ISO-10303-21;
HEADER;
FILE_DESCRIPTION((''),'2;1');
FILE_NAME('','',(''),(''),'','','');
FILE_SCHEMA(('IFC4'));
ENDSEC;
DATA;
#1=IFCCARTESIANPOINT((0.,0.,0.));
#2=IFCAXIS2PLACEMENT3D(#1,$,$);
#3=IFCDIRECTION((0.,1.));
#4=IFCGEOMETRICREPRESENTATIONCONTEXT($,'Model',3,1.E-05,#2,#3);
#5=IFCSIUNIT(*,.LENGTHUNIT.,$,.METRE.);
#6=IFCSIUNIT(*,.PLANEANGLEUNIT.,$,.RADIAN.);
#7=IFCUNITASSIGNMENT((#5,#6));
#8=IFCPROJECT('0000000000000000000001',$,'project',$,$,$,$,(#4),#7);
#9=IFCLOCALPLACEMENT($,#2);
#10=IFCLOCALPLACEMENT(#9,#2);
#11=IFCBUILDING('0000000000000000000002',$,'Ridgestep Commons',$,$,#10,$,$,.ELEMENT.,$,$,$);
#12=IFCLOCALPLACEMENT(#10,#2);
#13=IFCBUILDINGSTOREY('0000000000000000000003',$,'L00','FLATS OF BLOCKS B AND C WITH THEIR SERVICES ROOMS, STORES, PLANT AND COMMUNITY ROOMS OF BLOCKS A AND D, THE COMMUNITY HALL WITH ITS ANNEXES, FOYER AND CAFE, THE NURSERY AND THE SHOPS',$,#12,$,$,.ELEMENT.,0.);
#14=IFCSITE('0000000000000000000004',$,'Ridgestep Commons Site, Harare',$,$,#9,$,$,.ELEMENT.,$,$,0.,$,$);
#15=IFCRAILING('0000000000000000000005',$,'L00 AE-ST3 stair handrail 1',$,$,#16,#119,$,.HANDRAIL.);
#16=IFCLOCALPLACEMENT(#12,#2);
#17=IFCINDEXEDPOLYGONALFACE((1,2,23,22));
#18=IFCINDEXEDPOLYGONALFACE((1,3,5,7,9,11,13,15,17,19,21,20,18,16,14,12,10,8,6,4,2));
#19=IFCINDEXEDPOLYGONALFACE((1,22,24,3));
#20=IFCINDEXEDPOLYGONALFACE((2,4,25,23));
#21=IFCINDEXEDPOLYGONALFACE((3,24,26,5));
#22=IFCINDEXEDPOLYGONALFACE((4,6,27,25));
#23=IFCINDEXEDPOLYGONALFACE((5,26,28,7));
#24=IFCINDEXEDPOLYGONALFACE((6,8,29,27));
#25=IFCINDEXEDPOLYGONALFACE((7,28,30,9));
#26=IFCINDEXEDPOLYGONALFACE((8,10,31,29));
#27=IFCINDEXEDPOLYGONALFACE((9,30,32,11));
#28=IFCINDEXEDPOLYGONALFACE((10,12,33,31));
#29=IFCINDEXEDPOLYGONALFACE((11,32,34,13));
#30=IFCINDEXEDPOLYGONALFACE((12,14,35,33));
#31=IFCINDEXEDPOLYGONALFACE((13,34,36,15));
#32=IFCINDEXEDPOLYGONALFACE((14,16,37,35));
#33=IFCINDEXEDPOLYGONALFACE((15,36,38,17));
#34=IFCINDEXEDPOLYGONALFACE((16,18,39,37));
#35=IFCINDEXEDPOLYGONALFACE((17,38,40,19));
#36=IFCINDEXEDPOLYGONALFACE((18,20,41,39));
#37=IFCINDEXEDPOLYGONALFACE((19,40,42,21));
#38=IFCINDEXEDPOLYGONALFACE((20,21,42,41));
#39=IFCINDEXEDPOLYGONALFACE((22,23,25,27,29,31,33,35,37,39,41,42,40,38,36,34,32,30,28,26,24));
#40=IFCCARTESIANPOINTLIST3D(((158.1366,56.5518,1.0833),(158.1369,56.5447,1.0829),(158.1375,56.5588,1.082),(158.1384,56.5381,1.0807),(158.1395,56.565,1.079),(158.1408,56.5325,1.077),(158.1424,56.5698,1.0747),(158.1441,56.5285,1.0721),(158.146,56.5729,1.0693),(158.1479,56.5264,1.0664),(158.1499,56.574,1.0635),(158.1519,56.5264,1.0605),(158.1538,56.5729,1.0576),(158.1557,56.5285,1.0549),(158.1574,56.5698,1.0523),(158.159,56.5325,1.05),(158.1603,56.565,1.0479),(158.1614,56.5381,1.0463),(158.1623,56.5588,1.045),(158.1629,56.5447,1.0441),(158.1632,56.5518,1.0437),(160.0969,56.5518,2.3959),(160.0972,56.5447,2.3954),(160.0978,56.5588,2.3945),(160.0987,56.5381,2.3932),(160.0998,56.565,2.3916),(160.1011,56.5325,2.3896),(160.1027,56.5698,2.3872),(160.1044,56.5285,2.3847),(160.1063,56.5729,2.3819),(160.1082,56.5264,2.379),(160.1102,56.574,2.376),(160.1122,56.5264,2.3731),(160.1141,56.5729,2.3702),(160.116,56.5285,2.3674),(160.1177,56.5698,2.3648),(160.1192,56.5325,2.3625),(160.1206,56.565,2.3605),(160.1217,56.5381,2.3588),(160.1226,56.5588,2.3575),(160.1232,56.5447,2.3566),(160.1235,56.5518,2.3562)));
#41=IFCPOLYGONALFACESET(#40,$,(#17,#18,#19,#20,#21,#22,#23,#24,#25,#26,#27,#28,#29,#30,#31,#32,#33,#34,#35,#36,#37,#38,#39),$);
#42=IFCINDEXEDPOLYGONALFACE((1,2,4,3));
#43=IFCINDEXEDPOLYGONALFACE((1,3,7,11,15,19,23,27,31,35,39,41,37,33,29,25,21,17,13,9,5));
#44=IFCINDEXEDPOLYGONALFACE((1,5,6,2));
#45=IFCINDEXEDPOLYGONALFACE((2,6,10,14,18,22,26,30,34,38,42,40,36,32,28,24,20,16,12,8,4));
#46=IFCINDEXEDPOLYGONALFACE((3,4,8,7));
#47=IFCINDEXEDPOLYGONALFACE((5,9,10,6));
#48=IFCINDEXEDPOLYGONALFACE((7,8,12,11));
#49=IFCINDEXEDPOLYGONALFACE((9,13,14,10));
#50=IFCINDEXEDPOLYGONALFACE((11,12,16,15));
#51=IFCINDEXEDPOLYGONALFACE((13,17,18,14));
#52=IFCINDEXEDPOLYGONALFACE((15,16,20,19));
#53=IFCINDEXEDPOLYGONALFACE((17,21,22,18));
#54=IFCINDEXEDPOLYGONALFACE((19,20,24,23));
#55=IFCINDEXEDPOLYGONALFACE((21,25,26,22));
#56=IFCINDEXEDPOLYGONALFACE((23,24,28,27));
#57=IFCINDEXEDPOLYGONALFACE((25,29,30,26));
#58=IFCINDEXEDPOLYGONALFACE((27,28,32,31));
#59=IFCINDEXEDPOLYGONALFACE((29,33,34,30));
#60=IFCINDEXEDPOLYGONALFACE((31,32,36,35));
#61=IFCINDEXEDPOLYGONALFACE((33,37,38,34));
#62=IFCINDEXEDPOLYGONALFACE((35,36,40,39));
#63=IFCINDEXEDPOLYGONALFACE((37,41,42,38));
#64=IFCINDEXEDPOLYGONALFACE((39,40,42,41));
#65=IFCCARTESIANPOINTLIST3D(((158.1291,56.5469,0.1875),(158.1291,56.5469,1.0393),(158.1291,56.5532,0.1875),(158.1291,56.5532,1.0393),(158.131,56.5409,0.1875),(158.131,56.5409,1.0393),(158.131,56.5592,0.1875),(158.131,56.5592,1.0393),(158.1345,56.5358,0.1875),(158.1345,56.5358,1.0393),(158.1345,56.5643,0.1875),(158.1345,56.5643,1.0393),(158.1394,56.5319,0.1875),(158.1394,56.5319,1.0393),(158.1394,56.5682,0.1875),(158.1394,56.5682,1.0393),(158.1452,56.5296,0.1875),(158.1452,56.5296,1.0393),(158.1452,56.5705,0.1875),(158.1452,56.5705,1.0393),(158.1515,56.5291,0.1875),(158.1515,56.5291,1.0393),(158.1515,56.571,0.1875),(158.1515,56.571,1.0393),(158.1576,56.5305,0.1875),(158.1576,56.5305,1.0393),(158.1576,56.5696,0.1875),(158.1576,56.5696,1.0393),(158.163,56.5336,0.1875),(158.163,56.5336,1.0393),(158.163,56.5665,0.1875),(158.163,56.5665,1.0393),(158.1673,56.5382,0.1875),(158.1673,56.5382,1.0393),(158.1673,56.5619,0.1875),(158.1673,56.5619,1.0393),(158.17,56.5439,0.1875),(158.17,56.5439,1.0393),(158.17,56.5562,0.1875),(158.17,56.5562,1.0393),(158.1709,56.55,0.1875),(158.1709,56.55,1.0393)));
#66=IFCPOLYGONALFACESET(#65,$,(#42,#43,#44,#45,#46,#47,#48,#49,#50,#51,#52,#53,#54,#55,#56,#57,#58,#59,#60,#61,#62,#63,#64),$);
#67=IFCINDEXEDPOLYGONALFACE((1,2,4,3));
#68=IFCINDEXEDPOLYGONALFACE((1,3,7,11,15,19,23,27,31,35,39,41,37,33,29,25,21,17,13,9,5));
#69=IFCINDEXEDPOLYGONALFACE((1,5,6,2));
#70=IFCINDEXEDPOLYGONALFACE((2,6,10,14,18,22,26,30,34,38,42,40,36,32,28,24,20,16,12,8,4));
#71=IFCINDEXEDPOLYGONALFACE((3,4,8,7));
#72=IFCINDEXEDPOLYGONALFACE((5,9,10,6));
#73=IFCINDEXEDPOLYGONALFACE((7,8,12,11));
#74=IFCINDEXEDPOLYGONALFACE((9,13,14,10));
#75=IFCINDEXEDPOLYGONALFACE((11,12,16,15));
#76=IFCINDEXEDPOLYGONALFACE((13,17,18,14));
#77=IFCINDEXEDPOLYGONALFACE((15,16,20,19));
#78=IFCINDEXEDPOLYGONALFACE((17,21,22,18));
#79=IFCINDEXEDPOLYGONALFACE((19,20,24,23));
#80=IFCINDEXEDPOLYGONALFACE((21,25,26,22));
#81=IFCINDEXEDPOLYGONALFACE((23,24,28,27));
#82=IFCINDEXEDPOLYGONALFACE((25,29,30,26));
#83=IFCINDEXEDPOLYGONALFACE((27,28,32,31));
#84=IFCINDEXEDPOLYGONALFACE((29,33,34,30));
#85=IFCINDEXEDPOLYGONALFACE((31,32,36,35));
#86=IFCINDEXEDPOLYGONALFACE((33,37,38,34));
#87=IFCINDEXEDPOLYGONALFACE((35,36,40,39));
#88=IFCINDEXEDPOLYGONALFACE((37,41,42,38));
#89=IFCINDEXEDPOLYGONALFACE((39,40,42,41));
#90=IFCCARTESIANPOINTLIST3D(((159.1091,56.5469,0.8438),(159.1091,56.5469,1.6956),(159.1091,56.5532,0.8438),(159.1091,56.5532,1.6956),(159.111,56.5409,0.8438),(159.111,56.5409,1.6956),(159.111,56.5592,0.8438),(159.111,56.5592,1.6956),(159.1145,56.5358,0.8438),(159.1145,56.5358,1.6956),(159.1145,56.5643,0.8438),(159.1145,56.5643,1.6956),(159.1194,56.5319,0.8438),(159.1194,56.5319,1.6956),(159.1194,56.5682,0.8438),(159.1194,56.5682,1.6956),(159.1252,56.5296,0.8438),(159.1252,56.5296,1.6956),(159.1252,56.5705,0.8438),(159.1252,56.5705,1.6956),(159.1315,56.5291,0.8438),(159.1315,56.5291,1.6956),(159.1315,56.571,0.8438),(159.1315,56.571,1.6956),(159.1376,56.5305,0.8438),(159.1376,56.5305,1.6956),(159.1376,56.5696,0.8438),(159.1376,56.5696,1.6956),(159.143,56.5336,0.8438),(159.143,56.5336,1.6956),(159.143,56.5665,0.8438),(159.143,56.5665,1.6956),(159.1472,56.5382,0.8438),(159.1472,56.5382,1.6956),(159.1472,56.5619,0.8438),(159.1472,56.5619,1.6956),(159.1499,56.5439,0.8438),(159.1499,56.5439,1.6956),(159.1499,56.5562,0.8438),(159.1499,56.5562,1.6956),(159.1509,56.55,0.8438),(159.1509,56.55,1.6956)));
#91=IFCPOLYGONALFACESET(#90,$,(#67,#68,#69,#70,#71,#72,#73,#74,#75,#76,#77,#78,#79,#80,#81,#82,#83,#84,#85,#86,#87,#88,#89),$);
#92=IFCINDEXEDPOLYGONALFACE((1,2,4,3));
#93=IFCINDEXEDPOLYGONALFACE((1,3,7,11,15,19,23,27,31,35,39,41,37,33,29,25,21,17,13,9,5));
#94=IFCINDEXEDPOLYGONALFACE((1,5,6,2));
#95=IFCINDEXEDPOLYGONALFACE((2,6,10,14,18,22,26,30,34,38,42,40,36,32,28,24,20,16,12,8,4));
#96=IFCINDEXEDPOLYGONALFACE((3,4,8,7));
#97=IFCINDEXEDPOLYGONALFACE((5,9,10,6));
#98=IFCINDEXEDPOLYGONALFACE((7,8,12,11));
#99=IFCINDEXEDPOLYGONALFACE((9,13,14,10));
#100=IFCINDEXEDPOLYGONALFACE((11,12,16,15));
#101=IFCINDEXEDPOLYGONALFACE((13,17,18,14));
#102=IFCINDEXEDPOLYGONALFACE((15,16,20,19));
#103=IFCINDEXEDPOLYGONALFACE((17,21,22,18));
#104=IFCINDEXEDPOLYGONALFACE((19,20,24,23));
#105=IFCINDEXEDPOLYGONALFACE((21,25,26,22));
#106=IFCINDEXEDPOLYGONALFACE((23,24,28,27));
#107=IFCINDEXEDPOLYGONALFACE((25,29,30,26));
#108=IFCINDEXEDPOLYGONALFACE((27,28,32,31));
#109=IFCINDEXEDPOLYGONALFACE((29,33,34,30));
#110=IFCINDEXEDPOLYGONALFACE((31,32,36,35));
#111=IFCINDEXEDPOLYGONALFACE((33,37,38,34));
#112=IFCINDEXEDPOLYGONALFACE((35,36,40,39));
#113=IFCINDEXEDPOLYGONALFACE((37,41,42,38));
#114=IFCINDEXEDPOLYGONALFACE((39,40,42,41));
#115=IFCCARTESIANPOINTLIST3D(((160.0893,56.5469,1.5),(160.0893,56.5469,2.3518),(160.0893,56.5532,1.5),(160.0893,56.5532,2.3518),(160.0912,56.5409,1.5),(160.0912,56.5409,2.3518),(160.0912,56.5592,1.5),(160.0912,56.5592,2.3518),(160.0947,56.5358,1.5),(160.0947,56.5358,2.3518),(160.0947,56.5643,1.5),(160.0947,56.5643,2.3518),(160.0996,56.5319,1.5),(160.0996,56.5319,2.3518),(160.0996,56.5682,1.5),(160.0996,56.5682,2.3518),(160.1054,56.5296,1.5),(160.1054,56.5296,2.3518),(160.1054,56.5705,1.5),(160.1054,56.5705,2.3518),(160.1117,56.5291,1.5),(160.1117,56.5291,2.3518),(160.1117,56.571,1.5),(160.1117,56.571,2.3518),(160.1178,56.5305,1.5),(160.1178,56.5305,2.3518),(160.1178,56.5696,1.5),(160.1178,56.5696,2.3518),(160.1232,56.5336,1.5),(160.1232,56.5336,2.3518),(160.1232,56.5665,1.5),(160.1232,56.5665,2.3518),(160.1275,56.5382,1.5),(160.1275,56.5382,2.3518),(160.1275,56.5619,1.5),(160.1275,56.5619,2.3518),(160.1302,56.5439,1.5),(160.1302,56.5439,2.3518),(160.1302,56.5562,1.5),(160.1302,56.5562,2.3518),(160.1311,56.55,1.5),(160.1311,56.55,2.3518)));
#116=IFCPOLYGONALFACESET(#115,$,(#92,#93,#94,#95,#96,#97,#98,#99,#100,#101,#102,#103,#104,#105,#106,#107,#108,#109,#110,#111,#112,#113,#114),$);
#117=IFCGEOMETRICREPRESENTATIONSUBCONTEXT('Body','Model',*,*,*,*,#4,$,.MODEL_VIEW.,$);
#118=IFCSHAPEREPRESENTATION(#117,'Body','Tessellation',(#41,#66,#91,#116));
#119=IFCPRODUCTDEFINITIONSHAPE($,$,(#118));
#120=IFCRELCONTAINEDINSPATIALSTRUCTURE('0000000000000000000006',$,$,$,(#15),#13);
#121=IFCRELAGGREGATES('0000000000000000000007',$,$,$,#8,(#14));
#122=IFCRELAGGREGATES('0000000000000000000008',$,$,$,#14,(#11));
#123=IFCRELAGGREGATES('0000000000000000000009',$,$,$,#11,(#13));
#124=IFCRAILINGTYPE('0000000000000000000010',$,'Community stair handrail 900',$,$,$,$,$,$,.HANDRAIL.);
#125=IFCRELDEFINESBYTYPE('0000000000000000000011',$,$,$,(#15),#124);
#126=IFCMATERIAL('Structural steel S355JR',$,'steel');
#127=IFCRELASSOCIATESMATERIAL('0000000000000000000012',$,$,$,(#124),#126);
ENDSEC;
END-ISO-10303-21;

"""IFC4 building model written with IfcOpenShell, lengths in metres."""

from ifc_helpers import new_model, si_unit, direction, frame, origin, origin_2d, place, context, subcontext, project, spatial, circle, extrude, material, type_object, element, save


model = new_model("IFC4")

# Units and contexts
model_context = context("Model", 3, precision=1e-05, world=origin(), true_north=direction((0.0, 1.0)))
body_context = subcontext(model_context, "Body", "Model", "MODEL_VIEW")
ifc_project = project(units=[si_unit("LENGTHUNIT", "METRE"), si_unit("PLANEANGLEUNIT", "RADIAN")], contexts=[model_context])

# Site, building, storey
site_placement = place(None, origin())
site = spatial("IfcSite", under=ifc_project, at=site_placement, Name="Ridgestep Commons Site, Harare", CompositionType="ELEMENT", RefElevation=0.0)
building_placement = place(site_placement, origin())
building = spatial("IfcBuilding", under=site, at=building_placement, Name="Ridgestep Commons", CompositionType="ELEMENT")
storey_placement = place(building_placement, origin())
storey = spatial("IfcBuildingStorey", under=building, at=storey_placement, Name="L00", Description="FLATS OF BLOCKS B AND C WITH THEIR SERVICES ROOMS, STORES, PLANT AND COMMUNITY ROOMS OF BLOCKS A AND D, THE COMMUNITY HALL WITH ITS ANNEXES, FOYER AND CAFE, THE NURSERY AND THE SHOPS", CompositionType="ELEMENT", Elevation=0.0)

# Railing
ifc_material_1 = material(Name="Structural steel S355JR", Category="steel")
railing_type_1 = type_object("IfcRailingType", Name="Community stair handrail 900", PredefinedType="HANDRAIL", material=ifc_material_1)
railing_1_placement = place(storey_placement, frame((158.1499, 56.55, 0.1875)))
element("IfcRailing", 1, at=railing_1_placement, inside=storey, type_object=railing_type_1, Name="L00 AE-ST3 stair handrail 1", PredefinedType="HANDRAIL", context=body_context, shape_type="SweptSolid", body=[
    extrude(circle(Radius=0.0239, at=origin_2d()), frame((0.0, 0.0, 0.876), z_axis=(0.830934, 0.0, 0.556371), x_axis=(0.0, 1.0, 0.0)), (0.0, 0.0, 1.0), 2.3591),
    extrude(circle(Radius=0.021, at=origin_2d()), origin(), (0.0, 0.0, 1.0), 0.8518),
    extrude(circle(Radius=0.021, at=origin_2d()), frame((0.98, 0.0, 0.6562)), (0.0, 0.0, 1.0), 0.8518),
    extrude(circle(Radius=0.021, at=origin_2d()), frame((1.9602, 0.0, 1.3125)), (0.0, 0.0, 1.0), 0.8518),
])

save(model, "model.ifc")
